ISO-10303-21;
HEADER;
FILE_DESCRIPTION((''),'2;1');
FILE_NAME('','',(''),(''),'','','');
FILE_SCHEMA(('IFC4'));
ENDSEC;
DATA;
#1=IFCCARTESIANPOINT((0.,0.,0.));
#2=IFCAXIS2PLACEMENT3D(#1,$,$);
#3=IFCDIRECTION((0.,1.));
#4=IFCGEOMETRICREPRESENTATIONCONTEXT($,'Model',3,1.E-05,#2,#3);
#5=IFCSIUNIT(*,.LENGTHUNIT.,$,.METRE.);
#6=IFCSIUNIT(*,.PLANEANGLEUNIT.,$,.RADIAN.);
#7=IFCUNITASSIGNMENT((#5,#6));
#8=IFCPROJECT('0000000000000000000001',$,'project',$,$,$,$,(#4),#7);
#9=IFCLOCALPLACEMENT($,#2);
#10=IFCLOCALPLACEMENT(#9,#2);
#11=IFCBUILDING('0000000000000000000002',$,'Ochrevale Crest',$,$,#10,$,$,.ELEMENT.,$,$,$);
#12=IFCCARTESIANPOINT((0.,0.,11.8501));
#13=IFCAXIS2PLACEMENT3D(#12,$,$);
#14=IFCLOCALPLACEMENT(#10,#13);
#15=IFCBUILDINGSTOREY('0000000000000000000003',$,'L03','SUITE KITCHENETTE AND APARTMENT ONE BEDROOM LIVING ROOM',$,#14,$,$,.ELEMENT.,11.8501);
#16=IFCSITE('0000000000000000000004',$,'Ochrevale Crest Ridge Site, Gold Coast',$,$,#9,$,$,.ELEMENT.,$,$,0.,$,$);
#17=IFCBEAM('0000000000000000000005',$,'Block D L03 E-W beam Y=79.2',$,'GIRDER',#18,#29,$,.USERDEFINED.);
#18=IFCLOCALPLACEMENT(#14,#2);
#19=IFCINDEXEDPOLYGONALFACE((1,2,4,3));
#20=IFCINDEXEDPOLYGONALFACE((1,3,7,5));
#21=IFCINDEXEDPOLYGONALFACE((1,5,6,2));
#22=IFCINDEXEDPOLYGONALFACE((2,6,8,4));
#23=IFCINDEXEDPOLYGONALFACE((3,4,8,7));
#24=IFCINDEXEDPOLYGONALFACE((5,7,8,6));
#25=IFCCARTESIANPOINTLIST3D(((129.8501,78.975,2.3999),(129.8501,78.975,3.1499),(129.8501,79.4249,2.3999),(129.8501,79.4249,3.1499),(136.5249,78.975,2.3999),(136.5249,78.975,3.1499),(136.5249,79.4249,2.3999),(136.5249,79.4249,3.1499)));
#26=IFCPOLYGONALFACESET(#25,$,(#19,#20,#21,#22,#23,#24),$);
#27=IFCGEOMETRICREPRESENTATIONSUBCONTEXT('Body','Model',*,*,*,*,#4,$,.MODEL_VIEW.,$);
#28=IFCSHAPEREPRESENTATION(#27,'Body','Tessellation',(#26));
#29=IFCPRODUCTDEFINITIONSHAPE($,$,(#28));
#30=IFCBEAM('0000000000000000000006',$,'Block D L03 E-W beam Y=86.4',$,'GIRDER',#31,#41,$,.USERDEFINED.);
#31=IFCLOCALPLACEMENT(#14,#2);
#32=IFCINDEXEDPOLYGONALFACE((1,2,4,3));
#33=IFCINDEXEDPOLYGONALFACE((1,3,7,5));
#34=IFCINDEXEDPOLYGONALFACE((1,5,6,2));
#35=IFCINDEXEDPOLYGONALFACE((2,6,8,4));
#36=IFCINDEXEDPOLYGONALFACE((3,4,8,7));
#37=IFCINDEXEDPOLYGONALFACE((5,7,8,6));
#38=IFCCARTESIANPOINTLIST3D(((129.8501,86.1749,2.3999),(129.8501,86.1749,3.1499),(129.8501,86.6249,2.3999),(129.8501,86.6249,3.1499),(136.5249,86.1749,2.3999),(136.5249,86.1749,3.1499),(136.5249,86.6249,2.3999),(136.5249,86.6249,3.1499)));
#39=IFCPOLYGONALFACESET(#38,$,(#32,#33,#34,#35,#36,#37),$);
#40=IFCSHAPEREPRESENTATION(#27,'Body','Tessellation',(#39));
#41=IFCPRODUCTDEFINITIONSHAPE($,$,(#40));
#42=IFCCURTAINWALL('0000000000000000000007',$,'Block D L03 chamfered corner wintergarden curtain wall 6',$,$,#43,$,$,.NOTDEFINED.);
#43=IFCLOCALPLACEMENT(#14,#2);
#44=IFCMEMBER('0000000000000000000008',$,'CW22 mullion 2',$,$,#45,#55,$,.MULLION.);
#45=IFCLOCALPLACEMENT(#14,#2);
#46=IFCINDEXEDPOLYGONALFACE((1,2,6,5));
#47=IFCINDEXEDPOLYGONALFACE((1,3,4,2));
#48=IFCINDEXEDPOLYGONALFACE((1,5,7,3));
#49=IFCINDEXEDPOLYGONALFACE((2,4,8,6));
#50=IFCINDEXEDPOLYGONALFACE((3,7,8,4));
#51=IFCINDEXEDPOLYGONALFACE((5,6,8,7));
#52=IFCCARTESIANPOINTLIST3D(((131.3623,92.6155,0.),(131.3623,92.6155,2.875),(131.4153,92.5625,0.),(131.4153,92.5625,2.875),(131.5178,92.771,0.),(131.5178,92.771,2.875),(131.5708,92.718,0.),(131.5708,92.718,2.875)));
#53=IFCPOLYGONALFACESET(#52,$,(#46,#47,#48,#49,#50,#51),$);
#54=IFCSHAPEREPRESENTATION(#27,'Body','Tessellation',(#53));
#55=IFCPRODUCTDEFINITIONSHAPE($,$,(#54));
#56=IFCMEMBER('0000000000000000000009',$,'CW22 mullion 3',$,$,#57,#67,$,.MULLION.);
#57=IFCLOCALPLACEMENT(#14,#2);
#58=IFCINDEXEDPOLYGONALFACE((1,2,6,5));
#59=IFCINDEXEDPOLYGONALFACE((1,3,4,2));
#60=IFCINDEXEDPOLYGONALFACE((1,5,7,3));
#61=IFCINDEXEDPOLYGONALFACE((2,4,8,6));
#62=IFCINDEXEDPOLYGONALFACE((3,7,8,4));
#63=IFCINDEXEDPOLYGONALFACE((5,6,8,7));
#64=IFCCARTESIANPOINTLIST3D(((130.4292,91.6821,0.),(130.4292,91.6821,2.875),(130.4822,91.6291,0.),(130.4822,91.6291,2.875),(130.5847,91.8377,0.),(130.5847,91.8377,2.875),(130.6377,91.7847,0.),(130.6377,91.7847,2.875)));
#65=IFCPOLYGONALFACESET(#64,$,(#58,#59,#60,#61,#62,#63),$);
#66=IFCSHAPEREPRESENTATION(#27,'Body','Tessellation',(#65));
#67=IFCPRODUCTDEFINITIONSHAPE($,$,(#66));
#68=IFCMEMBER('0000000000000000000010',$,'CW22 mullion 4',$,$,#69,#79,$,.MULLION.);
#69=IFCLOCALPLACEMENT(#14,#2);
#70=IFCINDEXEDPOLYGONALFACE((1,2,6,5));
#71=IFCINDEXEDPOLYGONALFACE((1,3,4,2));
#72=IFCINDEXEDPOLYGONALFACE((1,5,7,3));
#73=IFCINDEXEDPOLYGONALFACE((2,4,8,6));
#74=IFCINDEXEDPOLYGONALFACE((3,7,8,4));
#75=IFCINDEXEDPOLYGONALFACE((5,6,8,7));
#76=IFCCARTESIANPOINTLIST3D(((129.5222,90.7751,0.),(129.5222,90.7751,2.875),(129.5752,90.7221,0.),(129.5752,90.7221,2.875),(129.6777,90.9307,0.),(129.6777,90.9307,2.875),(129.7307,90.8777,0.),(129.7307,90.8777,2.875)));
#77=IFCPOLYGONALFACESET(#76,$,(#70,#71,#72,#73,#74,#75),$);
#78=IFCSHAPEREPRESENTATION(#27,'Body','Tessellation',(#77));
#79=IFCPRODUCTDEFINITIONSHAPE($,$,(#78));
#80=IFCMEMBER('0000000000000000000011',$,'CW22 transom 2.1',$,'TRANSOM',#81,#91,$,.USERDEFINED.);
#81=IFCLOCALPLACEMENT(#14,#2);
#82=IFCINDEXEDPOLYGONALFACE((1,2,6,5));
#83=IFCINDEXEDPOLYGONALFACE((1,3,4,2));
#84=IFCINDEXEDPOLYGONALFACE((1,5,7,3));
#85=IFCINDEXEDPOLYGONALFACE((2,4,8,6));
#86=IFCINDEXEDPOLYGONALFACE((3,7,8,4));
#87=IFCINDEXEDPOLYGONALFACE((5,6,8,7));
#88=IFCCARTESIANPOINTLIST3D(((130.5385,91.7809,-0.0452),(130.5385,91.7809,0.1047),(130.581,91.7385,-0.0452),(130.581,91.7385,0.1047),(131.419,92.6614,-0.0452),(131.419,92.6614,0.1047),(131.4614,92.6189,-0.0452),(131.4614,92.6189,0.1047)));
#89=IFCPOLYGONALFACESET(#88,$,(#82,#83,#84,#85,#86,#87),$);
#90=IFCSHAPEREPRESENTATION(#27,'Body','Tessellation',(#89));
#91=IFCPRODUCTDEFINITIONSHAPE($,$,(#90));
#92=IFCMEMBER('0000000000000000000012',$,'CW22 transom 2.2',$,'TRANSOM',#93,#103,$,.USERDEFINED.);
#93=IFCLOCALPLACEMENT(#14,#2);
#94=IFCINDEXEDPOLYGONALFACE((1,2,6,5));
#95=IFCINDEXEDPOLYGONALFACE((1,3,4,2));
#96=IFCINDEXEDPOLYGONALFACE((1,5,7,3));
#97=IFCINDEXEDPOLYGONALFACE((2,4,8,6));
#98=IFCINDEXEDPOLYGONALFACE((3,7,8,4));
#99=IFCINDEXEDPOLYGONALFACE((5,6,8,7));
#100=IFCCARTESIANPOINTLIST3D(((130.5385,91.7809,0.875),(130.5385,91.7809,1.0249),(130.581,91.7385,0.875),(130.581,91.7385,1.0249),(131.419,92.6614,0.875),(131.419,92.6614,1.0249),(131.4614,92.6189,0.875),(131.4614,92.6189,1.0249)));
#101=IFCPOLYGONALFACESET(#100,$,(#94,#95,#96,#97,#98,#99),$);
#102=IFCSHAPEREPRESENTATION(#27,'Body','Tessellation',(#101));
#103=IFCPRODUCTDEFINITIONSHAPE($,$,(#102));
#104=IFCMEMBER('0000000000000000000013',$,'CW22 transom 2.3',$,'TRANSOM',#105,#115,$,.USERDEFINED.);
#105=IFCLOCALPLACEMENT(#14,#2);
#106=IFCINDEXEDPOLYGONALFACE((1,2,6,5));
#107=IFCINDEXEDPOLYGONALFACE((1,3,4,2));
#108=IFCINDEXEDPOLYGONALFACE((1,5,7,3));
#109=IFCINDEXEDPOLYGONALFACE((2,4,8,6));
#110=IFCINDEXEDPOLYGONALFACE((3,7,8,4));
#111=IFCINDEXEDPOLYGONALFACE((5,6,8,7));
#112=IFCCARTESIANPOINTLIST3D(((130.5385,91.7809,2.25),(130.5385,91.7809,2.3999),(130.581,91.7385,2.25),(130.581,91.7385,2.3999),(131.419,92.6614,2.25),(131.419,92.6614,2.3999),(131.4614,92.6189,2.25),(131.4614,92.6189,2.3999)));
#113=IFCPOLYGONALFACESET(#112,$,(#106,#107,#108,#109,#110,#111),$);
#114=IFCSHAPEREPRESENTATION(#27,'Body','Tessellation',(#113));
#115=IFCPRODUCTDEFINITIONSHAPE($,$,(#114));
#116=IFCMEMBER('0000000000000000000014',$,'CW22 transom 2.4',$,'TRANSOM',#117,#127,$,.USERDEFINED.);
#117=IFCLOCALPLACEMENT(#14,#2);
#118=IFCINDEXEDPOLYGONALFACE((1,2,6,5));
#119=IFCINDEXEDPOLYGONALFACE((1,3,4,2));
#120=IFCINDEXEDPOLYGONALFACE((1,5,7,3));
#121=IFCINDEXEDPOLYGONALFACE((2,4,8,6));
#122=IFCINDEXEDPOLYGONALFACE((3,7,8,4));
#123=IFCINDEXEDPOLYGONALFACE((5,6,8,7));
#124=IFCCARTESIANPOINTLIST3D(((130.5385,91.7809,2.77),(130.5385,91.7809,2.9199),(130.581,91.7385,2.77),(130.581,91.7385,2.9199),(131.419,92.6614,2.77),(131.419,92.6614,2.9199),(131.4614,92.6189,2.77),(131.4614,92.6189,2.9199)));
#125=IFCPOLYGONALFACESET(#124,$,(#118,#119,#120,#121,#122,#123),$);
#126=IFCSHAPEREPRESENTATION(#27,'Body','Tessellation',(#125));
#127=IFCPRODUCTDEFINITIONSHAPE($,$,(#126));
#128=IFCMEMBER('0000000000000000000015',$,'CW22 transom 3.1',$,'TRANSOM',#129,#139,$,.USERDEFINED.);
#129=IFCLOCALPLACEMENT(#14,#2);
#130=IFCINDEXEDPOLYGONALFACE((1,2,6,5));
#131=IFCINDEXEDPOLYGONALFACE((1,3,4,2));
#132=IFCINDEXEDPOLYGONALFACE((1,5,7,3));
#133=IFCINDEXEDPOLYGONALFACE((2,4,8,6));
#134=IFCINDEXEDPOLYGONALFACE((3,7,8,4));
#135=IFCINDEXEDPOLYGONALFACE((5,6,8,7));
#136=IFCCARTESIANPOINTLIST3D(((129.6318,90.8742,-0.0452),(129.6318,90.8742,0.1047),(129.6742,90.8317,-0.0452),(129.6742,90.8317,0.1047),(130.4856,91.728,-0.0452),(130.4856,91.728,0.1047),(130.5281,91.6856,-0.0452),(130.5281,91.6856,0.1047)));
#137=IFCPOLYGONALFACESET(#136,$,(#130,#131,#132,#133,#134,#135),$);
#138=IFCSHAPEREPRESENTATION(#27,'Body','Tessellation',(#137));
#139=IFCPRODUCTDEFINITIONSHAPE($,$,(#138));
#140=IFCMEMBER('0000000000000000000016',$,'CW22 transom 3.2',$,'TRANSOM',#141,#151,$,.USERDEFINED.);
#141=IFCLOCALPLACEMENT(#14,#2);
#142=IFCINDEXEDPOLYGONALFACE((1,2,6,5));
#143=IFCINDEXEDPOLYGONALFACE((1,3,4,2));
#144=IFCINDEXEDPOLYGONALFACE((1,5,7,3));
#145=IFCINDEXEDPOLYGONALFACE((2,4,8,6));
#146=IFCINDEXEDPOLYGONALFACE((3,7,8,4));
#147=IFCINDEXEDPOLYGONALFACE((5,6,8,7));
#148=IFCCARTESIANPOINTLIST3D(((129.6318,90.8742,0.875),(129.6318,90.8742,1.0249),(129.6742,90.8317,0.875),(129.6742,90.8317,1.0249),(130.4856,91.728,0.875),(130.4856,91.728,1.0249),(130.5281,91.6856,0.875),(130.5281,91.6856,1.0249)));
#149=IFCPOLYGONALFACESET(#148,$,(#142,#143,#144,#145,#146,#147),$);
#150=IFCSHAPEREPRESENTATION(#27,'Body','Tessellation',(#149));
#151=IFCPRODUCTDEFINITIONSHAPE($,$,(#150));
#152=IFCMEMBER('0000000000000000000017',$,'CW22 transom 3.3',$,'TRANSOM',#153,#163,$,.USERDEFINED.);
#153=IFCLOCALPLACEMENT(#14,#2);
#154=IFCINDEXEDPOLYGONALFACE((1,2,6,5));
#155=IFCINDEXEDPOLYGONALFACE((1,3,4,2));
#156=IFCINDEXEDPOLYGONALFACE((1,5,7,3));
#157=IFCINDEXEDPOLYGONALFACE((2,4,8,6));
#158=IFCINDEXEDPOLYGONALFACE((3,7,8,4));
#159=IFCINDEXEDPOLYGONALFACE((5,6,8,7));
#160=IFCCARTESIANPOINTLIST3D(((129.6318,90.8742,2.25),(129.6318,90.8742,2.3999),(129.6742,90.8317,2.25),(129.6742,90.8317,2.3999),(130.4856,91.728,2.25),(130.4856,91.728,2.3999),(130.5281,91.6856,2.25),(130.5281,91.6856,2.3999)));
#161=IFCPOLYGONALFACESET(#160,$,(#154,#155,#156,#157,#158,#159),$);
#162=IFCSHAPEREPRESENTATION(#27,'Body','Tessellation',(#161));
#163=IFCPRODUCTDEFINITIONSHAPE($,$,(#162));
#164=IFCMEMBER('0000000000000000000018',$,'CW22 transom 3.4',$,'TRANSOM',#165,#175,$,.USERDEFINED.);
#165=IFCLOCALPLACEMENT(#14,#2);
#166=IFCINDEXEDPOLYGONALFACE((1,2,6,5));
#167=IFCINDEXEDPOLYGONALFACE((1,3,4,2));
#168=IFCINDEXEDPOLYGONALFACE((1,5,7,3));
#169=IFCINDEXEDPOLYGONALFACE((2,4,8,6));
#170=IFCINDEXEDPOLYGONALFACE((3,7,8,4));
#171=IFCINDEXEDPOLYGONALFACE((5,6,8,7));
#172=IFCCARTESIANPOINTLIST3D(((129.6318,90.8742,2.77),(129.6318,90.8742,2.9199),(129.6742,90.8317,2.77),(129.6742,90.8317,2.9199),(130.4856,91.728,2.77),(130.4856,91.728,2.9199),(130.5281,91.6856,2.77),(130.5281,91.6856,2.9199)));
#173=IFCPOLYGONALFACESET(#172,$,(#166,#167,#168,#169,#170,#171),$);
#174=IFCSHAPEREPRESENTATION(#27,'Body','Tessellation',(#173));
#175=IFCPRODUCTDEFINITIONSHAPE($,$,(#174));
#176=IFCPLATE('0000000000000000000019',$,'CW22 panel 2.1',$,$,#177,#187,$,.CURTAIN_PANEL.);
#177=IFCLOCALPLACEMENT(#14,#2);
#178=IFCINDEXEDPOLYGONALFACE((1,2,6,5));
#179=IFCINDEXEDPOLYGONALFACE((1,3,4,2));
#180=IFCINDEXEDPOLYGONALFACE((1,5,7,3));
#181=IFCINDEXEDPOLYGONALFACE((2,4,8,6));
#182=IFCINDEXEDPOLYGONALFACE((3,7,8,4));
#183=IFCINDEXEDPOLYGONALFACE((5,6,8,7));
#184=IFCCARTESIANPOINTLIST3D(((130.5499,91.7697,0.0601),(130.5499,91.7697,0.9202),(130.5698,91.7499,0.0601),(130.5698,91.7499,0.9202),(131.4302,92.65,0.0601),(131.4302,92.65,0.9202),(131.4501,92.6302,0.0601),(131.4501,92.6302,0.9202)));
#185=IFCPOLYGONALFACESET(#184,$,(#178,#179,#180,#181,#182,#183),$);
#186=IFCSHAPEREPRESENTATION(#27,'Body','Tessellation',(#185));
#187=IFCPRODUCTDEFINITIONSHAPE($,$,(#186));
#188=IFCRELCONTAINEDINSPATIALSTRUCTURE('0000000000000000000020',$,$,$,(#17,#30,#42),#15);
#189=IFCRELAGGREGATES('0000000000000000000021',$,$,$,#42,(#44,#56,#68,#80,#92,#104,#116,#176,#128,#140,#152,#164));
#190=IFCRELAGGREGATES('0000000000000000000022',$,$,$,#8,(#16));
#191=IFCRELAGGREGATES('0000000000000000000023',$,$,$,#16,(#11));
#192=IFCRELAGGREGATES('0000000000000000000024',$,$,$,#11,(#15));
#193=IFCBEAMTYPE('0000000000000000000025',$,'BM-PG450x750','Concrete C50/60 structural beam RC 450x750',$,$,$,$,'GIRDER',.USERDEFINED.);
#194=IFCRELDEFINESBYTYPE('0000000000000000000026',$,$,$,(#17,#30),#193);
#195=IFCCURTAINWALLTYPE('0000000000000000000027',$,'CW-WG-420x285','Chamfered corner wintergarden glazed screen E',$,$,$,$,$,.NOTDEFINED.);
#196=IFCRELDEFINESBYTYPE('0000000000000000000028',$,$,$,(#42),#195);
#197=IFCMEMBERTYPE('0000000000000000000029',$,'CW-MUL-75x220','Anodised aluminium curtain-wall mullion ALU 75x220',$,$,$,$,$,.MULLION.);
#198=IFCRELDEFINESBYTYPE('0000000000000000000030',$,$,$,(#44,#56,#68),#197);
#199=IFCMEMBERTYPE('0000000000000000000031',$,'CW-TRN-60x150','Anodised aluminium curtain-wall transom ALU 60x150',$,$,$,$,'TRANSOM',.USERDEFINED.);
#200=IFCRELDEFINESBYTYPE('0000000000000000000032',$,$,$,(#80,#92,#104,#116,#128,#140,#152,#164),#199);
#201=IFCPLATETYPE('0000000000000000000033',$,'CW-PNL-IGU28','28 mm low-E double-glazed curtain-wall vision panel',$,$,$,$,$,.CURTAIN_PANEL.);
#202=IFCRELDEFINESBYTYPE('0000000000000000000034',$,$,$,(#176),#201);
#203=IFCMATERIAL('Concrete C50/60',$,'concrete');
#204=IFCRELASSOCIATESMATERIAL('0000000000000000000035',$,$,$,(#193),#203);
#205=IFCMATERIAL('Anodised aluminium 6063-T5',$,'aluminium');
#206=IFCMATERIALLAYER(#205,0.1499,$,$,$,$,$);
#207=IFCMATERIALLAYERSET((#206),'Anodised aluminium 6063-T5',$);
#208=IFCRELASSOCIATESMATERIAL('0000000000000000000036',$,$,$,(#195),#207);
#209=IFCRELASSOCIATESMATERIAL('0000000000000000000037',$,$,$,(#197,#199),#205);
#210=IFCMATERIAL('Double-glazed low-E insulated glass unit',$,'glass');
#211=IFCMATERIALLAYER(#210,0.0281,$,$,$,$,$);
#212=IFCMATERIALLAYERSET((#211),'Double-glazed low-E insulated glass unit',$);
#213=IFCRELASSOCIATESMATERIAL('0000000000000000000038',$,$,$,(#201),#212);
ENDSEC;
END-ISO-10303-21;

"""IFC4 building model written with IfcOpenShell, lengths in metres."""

from ifc_helpers import new_model, si_unit, direction, frame, origin, origin_2d, place, context, subcontext, project, spatial, rectangle, extrude, material, layer, layer_set, material_profile, profile_set, type_object, element, aggregate, save


model = new_model("IFC4")

# Units and contexts
model_context = context("Model", 3, precision=1e-05, world=origin(), true_north=direction((0.0, 1.0)))
body_context = subcontext(model_context, "Body", "Model", "MODEL_VIEW")
ifc_project = project(units=[si_unit("LENGTHUNIT", "METRE"), si_unit("PLANEANGLEUNIT", "RADIAN")], contexts=[model_context])

# Site, building, storey
site_placement = place(None, origin())
site = spatial("IfcSite", under=ifc_project, at=site_placement, Name="Ochrevale Crest Ridge Site, Gold Coast", CompositionType="ELEMENT", RefElevation=0.0)
building_placement = place(site_placement, origin())
building = spatial("IfcBuilding", under=site, at=building_placement, Name="Ochrevale Crest", CompositionType="ELEMENT")
storey_placement = place(building_placement, frame((0.0, 0.0, 11.8501)))
storey = spatial("IfcBuildingStorey", under=building, at=storey_placement, Name="L03", Description="SUITE KITCHENETTE AND APARTMENT ONE BEDROOM LIVING ROOM", CompositionType="ELEMENT", Elevation=11.8501)

# Beams
ifc_material_1 = material(Name="Concrete C50/60", Category="concrete")
ifc_material_profile_1 = material_profile(ifc_material_1, rectangle(XDim=0.45, YDim=0.75, at=origin_2d()), Name="RC 450x750")
ifc_profile_set_1 = profile_set([ifc_material_profile_1], Name="Concrete C50/60")
beam_type = type_object("IfcBeamType", Name="BM-PG450x750", Description="Concrete C50/60 structural beam RC 450x750", ElementType="GIRDER", PredefinedType="USERDEFINED", material=ifc_profile_set_1)
for number, where, z_axis, x_axis, name in (
    (1, (129.8501, 79.2, 2.7749), (1.0, 0.0, 0.0), (0.0, 1.0, 0.0), "Block D L03 E-W beam Y=79.2"),
    (2, (129.8501, 86.3999, 2.7749), (1.0, 0.0, 0.0), (0.0, 1.0, 0.0), "Block D L03 E-W beam Y=86.4"),
):
    element("IfcBeam", number, at=place(storey_placement, frame(where, z_axis=z_axis, x_axis=x_axis)), inside=storey, type_object=beam_type, Name=name, ObjectType="GIRDER", PredefinedType="USERDEFINED", context=body_context, shape_type="SweptSolid", body=[
        extrude(rectangle(XDim=0.45, YDim=0.75, at=origin_2d()), origin(), (0.0, 0.0, 1.0), 6.6748),
    ])

# Curtain wall, members, plate
ifc_material_2 = material(Name="Anodised aluminium 6063-T5", Category="aluminium")
ifc_layer_1 = layer(ifc_material_2, 0.1499)
ifc_layer_set_1 = layer_set([ifc_layer_1], Name="Anodised aluminium 6063-T5")
curtain_wall_type = type_object("IfcCurtainWallType", Name="CW-WG-420x285", Description="Chamfered corner wintergarden glazed screen E", PredefinedType="NOTDEFINED", material=ifc_layer_set_1)
curtain_wall_placement = place(storey_placement, origin())
curtain_wall = element("IfcCurtainWall", 3, at=curtain_wall_placement, inside=storey, type_object=curtain_wall_type, Name="Block D L03 chamfered corner wintergarden curtain wall 6", PredefinedType="NOTDEFINED")
ifc_material_profile_2 = material_profile(ifc_material_2, rectangle(XDim=0.075, YDim=0.22, at=origin_2d()), Name="ALU 75x220")
ifc_profile_set_2 = profile_set([ifc_material_profile_2], Name="Anodised aluminium 6063-T5")
member_type_1 = type_object("IfcMemberType", Name="CW-MUL-75x220", Description="Anodised aluminium curtain-wall mullion ALU 75x220", PredefinedType="MULLION", material=ifc_profile_set_2)
member_1_placement = place(storey_placement, frame((131.4666, 92.6667, 0.0), z_axis=(0.0, 0.0, 1.0), x_axis=(0.707107, -0.707107, 0.0)))
member_1 = element("IfcMember", 4, at=member_1_placement, type_object=member_type_1, Name="CW22 mullion 2", PredefinedType="MULLION", context=body_context, shape_type="SweptSolid", body=[
    extrude(rectangle(XDim=0.075, YDim=0.22, at=origin_2d()), origin(), (0.0, 0.0, 1.0), 2.875),
])
member_2_placement = place(storey_placement, frame((130.5334, 91.7334, 0.0), z_axis=(0.0, 0.0, 1.0), x_axis=(0.707107, -0.707107, 0.0)))
member_2 = element("IfcMember", 5, at=member_2_placement, type_object=member_type_1, Name="CW22 mullion 3", PredefinedType="MULLION", context=body_context, shape_type="SweptSolid", body=[
    extrude(rectangle(XDim=0.075, YDim=0.22, at=origin_2d()), origin(), (0.0, 0.0, 1.0), 2.875),
])
member_3_placement = place(storey_placement, frame((129.6265, 90.8264, 0.0), z_axis=(0.0, 0.0, 1.0), x_axis=(0.707107, -0.707107, 0.0)))
member_3 = element("IfcMember", 6, at=member_3_placement, type_object=member_type_1, Name="CW22 mullion 4", PredefinedType="MULLION", context=body_context, shape_type="SweptSolid", body=[
    extrude(rectangle(XDim=0.075, YDim=0.22, at=origin_2d()), origin(), (0.0, 0.0, 1.0), 2.875),
])
ifc_material_profile_3 = material_profile(ifc_material_2, rectangle(XDim=0.0601, YDim=0.1499, at=origin_2d()), Name="ALU 60x150")
ifc_profile_set_3 = profile_set([ifc_material_profile_3], Name="Anodised aluminium 6063-T5")
member_type_2 = type_object("IfcMemberType", Name="CW-TRN-60x150", Description="Anodised aluminium curtain-wall transom ALU 60x150", ElementType="TRANSOM", PredefinedType="USERDEFINED", material=ifc_profile_set_3)
member_4_placement = place(storey_placement, frame((131.4402, 92.6401, 0.0298), z_axis=(-0.707107, -0.707107, 0.0), x_axis=(0.707107, -0.707107, 0.0)))
member_4 = element("IfcMember", 7, at=member_4_placement, type_object=member_type_2, Name="CW22 transom 2.1", ObjectType="TRANSOM", PredefinedType="USERDEFINED", context=body_context, shape_type="SweptSolid", body=[
    extrude(rectangle(XDim=0.0601, YDim=0.1499, at=origin_2d()), origin(), (0.0, 0.0, 1.0), 1.2451),
])
member_5_placement = place(storey_placement, frame((131.4402, 92.6401, 0.95), z_axis=(-0.707107, -0.707107, 0.0), x_axis=(0.707107, -0.707107, 0.0)))
member_5 = element("IfcMember", 8, at=member_5_placement, type_object=member_type_2, Name="CW22 transom 2.2", ObjectType="TRANSOM", PredefinedType="USERDEFINED", context=body_context, shape_type="SweptSolid", body=[
    extrude(rectangle(XDim=0.0601, YDim=0.1499, at=origin_2d()), origin(), (0.0, 0.0, 1.0), 1.2451),
])
member_6_placement = place(storey_placement, frame((131.4402, 92.6401, 2.325), z_axis=(-0.707107, -0.707107, 0.0), x_axis=(0.707107, -0.707107, 0.0)))
member_6 = element("IfcMember", 9, at=member_6_placement, type_object=member_type_2, Name="CW22 transom 2.3", ObjectType="TRANSOM", PredefinedType="USERDEFINED", context=body_context, shape_type="SweptSolid", body=[
    extrude(rectangle(XDim=0.0601, YDim=0.1499, at=origin_2d()), origin(), (0.0, 0.0, 1.0), 1.2451),
])
member_7_placement = place(storey_placement, frame((131.4402, 92.6401, 2.845), z_axis=(-0.707107, -0.707107, 0.0), x_axis=(0.707107, -0.707107, 0.0)))
member_7 = element("IfcMember", 10, at=member_7_placement, type_object=member_type_2, Name="CW22 transom 2.4", ObjectType="TRANSOM", PredefinedType="USERDEFINED", context=body_context, shape_type="SweptSolid", body=[
    extrude(rectangle(XDim=0.0601, YDim=0.1499, at=origin_2d()), origin(), (0.0, 0.0, 1.0), 1.2451),
])
member_8_placement = place(storey_placement, frame((130.5068, 91.7068, 0.0298), z_axis=(-0.707107, -0.707107, 0.0), x_axis=(0.707107, -0.707107, 0.0)))
member_8 = element("IfcMember", 11, at=member_8_placement, type_object=member_type_2, Name="CW22 transom 3.1", ObjectType="TRANSOM", PredefinedType="USERDEFINED", context=body_context, shape_type="SweptSolid", body=[
    extrude(rectangle(XDim=0.0601, YDim=0.1499, at=origin_2d()), origin(), (0.0, 0.0, 1.0), 1.2075),
])
member_9_placement = place(storey_placement, frame((130.5068, 91.7068, 0.95), z_axis=(-0.707107, -0.707107, 0.0), x_axis=(0.707107, -0.707107, 0.0)))
member_9 = element("IfcMember", 12, at=member_9_placement, type_object=member_type_2, Name="CW22 transom 3.2", ObjectType="TRANSOM", PredefinedType="USERDEFINED", context=body_context, shape_type="SweptSolid", body=[
    extrude(rectangle(XDim=0.0601, YDim=0.1499, at=origin_2d()), origin(), (0.0, 0.0, 1.0), 1.2075),
])
member_10_placement = place(storey_placement, frame((130.5068, 91.7068, 2.325), z_axis=(-0.707107, -0.707107, 0.0), x_axis=(0.707107, -0.707107, 0.0)))
member_10 = element("IfcMember", 13, at=member_10_placement, type_object=member_type_2, Name="CW22 transom 3.3", ObjectType="TRANSOM", PredefinedType="USERDEFINED", context=body_context, shape_type="SweptSolid", body=[
    extrude(rectangle(XDim=0.0601, YDim=0.1499, at=origin_2d()), origin(), (0.0, 0.0, 1.0), 1.2075),
])
member_11_placement = place(storey_placement, frame((130.5068, 91.7068, 2.845), z_axis=(-0.707107, -0.707107, 0.0), x_axis=(0.707107, -0.707107, 0.0)))
member_11 = element("IfcMember", 14, at=member_11_placement, type_object=member_type_2, Name="CW22 transom 3.4", ObjectType="TRANSOM", PredefinedType="USERDEFINED", context=body_context, shape_type="SweptSolid", body=[
    extrude(rectangle(XDim=0.0601, YDim=0.1499, at=origin_2d()), origin(), (0.0, 0.0, 1.0), 1.2075),
])
ifc_material_3 = material(Name="Double-glazed low-E insulated glass unit", Category="glass")
ifc_layer_2 = layer(ifc_material_3, 0.0281)
ifc_layer_set_2 = layer_set([ifc_layer_2], Name="Double-glazed low-E insulated glass unit")
plate_type = type_object("IfcPlateType", Name="CW-PNL-IGU28", Description="28 mm low-E double-glazed curtain-wall vision panel", PredefinedType="CURTAIN_PANEL", material=ifc_layer_set_2)
plate_1_placement = place(storey_placement, frame((131.0, 92.2, 0.0601), z_axis=(0.0, 0.0, 1.0), x_axis=(-0.707107, -0.707107, 0.0)))
plate_1 = element("IfcPlate", 15, at=plate_1_placement, type_object=plate_type, Name="CW22 panel 2.1", PredefinedType="CURTAIN_PANEL", context=body_context, shape_type="SweptSolid", body=[
    extrude(rectangle(XDim=1.2449, YDim=0.0281, at=origin_2d()), origin(), (0.0, 0.0, 1.0), 0.8601),
])
aggregate(curtain_wall, [member_1, member_2, member_3, member_4, member_5, member_6, member_7, plate_1, member_8, member_9, member_10, member_11])

save(model, "model.ifc")
